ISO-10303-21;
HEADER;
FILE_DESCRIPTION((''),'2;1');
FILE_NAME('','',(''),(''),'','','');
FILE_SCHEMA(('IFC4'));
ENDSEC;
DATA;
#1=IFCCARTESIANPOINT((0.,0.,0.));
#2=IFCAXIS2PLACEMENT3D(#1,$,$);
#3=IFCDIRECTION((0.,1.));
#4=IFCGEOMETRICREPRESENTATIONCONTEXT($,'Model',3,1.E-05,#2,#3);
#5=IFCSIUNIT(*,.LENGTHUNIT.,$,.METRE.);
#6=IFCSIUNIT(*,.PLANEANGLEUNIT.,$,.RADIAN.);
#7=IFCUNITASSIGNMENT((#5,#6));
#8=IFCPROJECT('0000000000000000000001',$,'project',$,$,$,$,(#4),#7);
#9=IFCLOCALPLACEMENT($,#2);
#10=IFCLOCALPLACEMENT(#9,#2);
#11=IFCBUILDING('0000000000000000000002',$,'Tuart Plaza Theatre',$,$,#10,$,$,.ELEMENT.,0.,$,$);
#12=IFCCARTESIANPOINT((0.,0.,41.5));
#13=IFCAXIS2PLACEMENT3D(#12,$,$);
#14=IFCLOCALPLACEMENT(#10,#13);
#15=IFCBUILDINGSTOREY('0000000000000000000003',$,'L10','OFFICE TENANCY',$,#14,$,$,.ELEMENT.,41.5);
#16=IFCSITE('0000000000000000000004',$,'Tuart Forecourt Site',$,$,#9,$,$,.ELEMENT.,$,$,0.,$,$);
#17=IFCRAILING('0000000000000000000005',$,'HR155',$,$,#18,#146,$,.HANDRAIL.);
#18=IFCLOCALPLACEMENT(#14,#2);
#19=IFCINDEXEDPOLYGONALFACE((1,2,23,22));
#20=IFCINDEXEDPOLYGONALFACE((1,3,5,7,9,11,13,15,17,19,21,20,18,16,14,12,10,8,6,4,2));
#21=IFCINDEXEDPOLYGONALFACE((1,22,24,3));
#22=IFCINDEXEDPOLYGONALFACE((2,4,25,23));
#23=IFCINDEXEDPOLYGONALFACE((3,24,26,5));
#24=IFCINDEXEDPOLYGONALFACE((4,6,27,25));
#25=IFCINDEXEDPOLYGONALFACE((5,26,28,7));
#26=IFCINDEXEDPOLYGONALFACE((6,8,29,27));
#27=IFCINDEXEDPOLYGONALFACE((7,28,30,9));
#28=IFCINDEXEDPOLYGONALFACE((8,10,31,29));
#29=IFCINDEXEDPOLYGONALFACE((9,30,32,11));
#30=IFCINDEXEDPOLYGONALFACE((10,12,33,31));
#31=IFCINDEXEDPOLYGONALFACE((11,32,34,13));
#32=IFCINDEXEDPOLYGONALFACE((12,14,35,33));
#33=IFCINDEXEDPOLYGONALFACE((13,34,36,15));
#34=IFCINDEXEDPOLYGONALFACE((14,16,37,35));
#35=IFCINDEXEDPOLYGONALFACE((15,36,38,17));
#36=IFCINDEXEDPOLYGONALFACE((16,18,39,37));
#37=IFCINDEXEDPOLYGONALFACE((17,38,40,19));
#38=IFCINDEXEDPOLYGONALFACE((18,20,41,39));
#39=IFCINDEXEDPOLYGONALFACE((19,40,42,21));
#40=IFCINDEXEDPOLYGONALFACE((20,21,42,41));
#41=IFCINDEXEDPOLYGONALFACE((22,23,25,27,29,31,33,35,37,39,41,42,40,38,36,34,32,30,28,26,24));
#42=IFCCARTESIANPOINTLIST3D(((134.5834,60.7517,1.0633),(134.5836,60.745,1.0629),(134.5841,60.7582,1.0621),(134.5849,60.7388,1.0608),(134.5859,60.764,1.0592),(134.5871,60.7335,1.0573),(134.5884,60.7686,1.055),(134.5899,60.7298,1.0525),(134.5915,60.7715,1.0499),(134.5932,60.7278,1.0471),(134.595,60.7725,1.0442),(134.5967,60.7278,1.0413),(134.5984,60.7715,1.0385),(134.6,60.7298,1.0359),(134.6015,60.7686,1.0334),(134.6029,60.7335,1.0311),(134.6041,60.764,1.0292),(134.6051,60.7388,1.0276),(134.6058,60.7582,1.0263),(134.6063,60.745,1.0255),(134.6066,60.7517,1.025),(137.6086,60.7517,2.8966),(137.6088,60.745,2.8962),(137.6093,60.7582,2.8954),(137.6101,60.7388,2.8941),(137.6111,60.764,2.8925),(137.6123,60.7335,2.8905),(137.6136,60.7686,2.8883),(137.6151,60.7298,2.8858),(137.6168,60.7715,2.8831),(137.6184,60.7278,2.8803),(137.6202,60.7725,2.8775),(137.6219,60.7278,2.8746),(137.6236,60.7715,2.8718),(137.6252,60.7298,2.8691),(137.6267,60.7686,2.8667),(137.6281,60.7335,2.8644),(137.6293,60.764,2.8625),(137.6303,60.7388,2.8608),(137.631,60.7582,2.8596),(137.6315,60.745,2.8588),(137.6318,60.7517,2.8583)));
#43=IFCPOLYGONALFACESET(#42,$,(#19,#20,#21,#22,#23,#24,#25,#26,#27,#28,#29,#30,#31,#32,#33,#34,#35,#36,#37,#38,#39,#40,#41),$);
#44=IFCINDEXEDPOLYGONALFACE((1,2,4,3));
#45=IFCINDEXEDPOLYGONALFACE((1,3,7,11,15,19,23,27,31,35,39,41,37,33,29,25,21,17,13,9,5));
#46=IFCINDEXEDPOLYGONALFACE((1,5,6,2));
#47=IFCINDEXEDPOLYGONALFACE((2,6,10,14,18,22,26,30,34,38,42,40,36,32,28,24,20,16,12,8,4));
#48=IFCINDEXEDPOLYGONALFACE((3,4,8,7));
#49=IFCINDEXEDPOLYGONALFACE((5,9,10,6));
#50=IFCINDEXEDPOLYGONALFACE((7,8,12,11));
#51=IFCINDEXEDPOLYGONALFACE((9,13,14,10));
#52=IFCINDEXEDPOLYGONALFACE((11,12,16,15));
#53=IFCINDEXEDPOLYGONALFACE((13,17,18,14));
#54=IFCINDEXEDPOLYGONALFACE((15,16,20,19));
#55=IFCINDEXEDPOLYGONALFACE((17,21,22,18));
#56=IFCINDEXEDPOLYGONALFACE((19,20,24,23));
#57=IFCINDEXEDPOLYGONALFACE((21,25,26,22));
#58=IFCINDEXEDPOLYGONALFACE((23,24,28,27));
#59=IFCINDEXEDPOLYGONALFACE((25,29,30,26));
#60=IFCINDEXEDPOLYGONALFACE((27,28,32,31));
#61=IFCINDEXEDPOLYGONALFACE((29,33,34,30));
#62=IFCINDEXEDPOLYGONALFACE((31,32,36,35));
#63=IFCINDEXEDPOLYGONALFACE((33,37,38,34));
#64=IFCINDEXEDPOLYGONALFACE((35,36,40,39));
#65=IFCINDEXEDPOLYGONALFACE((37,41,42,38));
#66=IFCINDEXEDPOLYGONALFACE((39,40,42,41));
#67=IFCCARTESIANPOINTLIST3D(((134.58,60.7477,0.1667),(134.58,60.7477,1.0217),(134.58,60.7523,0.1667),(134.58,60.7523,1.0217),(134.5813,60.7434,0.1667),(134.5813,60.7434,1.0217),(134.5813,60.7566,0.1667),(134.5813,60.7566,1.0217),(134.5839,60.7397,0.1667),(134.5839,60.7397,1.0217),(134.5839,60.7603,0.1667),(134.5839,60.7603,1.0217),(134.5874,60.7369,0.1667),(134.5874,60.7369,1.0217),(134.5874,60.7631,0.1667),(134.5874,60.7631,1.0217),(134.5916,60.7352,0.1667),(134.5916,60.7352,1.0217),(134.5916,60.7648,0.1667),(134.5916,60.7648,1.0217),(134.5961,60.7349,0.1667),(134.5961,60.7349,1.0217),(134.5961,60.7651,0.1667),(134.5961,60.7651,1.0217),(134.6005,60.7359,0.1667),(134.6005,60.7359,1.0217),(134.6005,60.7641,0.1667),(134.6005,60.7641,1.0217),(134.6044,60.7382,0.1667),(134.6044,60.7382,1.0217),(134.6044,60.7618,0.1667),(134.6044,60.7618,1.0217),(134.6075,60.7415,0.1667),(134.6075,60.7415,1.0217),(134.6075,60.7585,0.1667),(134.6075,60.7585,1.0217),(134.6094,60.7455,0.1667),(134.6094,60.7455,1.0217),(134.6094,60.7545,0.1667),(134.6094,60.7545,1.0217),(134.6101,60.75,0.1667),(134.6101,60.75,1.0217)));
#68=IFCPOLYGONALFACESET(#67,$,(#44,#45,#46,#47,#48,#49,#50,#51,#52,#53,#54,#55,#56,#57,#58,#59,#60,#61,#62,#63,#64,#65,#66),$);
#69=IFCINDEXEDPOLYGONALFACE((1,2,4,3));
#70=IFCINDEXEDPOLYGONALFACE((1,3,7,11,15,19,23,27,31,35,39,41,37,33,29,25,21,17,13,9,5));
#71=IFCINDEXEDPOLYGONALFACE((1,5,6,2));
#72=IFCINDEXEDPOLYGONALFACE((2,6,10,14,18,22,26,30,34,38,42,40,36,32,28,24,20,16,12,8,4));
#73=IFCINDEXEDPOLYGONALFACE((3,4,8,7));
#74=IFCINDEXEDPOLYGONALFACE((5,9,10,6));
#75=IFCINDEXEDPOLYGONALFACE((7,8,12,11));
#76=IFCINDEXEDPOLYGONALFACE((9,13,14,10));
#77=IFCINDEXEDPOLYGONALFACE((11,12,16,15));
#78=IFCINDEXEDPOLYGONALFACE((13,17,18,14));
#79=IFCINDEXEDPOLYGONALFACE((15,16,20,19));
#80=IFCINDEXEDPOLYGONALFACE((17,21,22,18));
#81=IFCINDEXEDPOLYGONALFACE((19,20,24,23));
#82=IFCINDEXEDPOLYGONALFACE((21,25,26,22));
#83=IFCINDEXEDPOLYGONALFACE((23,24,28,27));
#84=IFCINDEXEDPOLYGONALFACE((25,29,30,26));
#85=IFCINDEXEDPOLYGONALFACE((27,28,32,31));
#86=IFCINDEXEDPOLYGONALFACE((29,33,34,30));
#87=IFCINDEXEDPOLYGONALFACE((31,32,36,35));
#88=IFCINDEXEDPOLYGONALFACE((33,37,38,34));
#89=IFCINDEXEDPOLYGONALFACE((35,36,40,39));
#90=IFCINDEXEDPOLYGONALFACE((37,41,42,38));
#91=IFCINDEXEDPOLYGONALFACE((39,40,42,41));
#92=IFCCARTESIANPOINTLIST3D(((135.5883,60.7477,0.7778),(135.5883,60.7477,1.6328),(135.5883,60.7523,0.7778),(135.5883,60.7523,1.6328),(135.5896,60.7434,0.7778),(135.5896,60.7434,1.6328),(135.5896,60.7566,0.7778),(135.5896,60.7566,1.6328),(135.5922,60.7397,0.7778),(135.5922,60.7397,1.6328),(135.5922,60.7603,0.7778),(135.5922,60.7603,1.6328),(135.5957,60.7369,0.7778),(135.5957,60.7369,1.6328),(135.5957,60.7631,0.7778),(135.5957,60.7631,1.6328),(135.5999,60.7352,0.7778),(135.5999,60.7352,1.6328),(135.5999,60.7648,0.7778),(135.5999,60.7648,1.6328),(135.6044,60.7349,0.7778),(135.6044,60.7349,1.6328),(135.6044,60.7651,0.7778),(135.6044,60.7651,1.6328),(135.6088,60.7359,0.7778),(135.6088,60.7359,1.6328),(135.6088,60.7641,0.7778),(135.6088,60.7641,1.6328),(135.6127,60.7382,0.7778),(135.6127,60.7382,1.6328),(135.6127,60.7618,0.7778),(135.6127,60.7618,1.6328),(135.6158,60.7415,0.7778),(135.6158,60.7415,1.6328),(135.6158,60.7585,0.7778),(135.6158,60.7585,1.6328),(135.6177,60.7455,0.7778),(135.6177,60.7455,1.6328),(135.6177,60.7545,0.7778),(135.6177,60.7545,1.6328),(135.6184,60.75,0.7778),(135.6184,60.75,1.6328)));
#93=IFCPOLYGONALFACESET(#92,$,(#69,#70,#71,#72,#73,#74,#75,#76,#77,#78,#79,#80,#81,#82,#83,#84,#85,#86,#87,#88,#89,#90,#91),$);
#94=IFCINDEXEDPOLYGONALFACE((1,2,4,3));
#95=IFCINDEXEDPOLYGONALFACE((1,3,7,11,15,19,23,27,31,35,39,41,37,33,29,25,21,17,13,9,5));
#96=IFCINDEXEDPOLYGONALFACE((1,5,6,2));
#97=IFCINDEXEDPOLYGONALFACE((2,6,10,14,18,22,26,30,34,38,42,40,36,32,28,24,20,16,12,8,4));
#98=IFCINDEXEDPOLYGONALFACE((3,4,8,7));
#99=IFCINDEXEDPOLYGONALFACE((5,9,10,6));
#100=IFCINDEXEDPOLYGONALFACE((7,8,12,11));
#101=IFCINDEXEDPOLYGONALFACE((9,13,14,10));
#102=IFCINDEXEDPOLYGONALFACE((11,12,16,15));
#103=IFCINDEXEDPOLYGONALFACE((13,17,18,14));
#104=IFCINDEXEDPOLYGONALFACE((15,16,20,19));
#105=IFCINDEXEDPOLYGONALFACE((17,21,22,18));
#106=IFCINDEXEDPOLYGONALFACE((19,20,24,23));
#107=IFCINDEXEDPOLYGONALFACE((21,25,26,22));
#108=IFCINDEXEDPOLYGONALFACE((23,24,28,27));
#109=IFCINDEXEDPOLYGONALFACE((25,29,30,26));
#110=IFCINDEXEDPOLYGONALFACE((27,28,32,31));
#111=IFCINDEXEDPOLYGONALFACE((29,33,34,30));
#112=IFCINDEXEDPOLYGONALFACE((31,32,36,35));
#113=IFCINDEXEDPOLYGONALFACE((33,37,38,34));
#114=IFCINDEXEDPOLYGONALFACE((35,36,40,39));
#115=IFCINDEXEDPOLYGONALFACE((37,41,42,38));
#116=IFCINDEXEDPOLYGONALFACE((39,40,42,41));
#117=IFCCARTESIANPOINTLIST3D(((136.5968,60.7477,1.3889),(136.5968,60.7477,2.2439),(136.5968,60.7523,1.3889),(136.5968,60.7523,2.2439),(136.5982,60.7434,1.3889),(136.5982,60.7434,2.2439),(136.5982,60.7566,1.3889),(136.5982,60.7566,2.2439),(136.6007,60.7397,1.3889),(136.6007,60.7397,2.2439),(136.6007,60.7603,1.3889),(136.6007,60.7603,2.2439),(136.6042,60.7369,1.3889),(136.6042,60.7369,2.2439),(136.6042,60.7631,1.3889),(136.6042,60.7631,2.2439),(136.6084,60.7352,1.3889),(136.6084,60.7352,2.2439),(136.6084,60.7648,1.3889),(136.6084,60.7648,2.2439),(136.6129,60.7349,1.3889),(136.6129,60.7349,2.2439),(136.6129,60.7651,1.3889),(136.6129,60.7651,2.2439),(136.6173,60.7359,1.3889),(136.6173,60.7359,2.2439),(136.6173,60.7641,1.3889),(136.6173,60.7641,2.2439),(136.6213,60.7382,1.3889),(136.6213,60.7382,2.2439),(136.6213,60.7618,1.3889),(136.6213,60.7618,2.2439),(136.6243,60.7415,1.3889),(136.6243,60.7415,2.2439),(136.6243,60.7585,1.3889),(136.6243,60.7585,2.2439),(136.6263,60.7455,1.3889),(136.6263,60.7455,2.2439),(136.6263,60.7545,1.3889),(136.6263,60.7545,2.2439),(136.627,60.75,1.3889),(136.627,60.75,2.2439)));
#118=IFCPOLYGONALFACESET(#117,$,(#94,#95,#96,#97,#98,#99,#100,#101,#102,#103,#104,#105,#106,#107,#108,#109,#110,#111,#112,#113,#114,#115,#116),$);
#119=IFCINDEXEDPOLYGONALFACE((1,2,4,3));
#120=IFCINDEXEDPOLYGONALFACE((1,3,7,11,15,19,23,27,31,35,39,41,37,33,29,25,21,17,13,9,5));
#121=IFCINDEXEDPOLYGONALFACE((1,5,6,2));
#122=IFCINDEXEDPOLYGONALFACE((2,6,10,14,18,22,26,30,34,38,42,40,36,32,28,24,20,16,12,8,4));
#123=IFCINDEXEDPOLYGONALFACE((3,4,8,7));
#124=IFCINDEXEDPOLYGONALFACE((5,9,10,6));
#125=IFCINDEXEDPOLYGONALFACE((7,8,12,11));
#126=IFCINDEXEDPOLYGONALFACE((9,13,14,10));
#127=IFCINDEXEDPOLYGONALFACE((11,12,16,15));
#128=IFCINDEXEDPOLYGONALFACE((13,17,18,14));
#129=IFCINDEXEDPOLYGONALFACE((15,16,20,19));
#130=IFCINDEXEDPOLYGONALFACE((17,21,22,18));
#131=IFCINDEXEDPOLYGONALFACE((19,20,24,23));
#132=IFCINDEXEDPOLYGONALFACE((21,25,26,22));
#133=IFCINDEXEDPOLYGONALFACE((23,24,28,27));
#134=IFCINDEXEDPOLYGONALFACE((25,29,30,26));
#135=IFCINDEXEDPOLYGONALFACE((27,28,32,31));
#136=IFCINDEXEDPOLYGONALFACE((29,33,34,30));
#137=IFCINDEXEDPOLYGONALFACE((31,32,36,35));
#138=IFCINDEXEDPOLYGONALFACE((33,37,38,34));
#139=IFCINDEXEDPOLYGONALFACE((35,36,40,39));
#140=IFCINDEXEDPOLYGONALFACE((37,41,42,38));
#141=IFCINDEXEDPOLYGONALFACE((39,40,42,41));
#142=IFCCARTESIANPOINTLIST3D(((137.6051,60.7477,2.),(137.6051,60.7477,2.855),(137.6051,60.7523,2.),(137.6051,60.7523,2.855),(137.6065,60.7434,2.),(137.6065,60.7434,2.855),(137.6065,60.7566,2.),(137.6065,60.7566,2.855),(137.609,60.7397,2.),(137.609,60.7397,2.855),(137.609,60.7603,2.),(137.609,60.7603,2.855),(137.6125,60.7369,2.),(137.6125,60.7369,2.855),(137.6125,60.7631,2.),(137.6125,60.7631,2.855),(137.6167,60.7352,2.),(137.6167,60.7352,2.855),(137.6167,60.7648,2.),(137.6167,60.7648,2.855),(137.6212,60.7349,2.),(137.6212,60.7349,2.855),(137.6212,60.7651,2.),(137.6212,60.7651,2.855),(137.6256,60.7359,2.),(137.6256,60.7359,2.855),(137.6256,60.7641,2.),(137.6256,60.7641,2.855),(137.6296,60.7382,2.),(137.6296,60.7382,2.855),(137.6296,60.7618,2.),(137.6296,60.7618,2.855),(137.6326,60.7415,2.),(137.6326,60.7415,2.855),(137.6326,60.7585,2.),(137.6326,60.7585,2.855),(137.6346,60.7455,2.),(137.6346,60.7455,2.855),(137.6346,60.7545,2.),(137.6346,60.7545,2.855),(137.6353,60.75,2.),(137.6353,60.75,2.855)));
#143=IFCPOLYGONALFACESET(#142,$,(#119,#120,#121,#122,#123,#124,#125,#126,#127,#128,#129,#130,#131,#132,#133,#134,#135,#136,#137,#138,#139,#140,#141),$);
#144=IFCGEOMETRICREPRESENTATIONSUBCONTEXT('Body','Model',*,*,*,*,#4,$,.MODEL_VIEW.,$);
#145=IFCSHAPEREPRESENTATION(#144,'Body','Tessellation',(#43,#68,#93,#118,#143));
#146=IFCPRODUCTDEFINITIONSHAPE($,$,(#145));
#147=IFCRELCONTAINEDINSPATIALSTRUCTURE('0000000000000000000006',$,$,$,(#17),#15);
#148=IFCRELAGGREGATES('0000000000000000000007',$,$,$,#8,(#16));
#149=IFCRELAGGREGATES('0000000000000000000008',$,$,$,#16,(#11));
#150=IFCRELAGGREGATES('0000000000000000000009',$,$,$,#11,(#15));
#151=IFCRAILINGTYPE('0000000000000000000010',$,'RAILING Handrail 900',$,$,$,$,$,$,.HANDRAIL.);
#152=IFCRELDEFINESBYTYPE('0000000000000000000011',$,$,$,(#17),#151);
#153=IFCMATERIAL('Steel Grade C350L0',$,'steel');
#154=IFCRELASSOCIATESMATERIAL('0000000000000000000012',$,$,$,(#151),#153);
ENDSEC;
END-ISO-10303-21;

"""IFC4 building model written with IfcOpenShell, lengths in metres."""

from ifc_helpers import new_model, si_unit, direction, frame, origin, origin_2d, place, context, subcontext, project, spatial, circle, extrude, material, type_object, element, save


model = new_model("IFC4")

# Units and contexts
model_context = context("Model", 3, precision=1e-05, world=origin(), true_north=direction((0.0, 1.0)))
body_context = subcontext(model_context, "Body", "Model", "MODEL_VIEW")
ifc_project = project(units=[si_unit("LENGTHUNIT", "METRE"), si_unit("PLANEANGLEUNIT", "RADIAN")], contexts=[model_context])

# Site, building, storey
site_placement = place(None, origin())
site = spatial("IfcSite", under=ifc_project, at=site_placement, Name="Tuart Forecourt Site", CompositionType="ELEMENT", RefElevation=0.0)
building_placement = place(site_placement, origin())
building = spatial("IfcBuilding", under=site, at=building_placement, Name="Tuart Plaza Theatre", CompositionType="ELEMENT", ElevationOfRefHeight=0.0)
storey_placement = place(building_placement, frame((0.0, 0.0, 41.5)))
storey = spatial("IfcBuildingStorey", under=building, at=storey_placement, Name="L10", Description="OFFICE TENANCY", CompositionType="ELEMENT", Elevation=41.5)

# Railing
ifc_material_1 = material(Name="Steel Grade C350L0", Category="steel")
railing_type_1 = type_object("IfcRailingType", Name="RAILING Handrail 900", PredefinedType="HANDRAIL", material=ifc_material_1)
for number, where, name in (
    (1, (134.595, 60.75, 0.1667), "HR155"),
):
    element("IfcRailing", number, at=place(storey_placement, frame(where)), inside=storey, type_object=railing_type_1, Name=name, PredefinedType="HANDRAIL", context=body_context, shape_type="SweptSolid", body=[
        extrude(circle(Radius=0.0225, at=origin_2d()), frame((0.0, 0.0, 0.8774), z_axis=(0.855219, 0.0, 0.518267), x_axis=(0.0, 1.0, 0.0)), (0.0, 0.0, 1.0), 3.5374),
        extrude(circle(Radius=0.0151, at=origin_2d()), origin(), (0.0, 0.0, 1.0), 0.855),
        extrude(circle(Radius=0.0151, at=origin_2d()), frame((1.0083, 0.0, 0.6111)), (0.0, 0.0, 1.0), 0.855),
        extrude(circle(Radius=0.0151, at=origin_2d()), frame((2.0168, 0.0, 1.2222)), (0.0, 0.0, 1.0), 0.855),
        extrude(circle(Radius=0.0151, at=origin_2d()), frame((3.0251, 0.0, 1.8333)), (0.0, 0.0, 1.0), 0.855),
    ])

save(model, "model.ifc")
